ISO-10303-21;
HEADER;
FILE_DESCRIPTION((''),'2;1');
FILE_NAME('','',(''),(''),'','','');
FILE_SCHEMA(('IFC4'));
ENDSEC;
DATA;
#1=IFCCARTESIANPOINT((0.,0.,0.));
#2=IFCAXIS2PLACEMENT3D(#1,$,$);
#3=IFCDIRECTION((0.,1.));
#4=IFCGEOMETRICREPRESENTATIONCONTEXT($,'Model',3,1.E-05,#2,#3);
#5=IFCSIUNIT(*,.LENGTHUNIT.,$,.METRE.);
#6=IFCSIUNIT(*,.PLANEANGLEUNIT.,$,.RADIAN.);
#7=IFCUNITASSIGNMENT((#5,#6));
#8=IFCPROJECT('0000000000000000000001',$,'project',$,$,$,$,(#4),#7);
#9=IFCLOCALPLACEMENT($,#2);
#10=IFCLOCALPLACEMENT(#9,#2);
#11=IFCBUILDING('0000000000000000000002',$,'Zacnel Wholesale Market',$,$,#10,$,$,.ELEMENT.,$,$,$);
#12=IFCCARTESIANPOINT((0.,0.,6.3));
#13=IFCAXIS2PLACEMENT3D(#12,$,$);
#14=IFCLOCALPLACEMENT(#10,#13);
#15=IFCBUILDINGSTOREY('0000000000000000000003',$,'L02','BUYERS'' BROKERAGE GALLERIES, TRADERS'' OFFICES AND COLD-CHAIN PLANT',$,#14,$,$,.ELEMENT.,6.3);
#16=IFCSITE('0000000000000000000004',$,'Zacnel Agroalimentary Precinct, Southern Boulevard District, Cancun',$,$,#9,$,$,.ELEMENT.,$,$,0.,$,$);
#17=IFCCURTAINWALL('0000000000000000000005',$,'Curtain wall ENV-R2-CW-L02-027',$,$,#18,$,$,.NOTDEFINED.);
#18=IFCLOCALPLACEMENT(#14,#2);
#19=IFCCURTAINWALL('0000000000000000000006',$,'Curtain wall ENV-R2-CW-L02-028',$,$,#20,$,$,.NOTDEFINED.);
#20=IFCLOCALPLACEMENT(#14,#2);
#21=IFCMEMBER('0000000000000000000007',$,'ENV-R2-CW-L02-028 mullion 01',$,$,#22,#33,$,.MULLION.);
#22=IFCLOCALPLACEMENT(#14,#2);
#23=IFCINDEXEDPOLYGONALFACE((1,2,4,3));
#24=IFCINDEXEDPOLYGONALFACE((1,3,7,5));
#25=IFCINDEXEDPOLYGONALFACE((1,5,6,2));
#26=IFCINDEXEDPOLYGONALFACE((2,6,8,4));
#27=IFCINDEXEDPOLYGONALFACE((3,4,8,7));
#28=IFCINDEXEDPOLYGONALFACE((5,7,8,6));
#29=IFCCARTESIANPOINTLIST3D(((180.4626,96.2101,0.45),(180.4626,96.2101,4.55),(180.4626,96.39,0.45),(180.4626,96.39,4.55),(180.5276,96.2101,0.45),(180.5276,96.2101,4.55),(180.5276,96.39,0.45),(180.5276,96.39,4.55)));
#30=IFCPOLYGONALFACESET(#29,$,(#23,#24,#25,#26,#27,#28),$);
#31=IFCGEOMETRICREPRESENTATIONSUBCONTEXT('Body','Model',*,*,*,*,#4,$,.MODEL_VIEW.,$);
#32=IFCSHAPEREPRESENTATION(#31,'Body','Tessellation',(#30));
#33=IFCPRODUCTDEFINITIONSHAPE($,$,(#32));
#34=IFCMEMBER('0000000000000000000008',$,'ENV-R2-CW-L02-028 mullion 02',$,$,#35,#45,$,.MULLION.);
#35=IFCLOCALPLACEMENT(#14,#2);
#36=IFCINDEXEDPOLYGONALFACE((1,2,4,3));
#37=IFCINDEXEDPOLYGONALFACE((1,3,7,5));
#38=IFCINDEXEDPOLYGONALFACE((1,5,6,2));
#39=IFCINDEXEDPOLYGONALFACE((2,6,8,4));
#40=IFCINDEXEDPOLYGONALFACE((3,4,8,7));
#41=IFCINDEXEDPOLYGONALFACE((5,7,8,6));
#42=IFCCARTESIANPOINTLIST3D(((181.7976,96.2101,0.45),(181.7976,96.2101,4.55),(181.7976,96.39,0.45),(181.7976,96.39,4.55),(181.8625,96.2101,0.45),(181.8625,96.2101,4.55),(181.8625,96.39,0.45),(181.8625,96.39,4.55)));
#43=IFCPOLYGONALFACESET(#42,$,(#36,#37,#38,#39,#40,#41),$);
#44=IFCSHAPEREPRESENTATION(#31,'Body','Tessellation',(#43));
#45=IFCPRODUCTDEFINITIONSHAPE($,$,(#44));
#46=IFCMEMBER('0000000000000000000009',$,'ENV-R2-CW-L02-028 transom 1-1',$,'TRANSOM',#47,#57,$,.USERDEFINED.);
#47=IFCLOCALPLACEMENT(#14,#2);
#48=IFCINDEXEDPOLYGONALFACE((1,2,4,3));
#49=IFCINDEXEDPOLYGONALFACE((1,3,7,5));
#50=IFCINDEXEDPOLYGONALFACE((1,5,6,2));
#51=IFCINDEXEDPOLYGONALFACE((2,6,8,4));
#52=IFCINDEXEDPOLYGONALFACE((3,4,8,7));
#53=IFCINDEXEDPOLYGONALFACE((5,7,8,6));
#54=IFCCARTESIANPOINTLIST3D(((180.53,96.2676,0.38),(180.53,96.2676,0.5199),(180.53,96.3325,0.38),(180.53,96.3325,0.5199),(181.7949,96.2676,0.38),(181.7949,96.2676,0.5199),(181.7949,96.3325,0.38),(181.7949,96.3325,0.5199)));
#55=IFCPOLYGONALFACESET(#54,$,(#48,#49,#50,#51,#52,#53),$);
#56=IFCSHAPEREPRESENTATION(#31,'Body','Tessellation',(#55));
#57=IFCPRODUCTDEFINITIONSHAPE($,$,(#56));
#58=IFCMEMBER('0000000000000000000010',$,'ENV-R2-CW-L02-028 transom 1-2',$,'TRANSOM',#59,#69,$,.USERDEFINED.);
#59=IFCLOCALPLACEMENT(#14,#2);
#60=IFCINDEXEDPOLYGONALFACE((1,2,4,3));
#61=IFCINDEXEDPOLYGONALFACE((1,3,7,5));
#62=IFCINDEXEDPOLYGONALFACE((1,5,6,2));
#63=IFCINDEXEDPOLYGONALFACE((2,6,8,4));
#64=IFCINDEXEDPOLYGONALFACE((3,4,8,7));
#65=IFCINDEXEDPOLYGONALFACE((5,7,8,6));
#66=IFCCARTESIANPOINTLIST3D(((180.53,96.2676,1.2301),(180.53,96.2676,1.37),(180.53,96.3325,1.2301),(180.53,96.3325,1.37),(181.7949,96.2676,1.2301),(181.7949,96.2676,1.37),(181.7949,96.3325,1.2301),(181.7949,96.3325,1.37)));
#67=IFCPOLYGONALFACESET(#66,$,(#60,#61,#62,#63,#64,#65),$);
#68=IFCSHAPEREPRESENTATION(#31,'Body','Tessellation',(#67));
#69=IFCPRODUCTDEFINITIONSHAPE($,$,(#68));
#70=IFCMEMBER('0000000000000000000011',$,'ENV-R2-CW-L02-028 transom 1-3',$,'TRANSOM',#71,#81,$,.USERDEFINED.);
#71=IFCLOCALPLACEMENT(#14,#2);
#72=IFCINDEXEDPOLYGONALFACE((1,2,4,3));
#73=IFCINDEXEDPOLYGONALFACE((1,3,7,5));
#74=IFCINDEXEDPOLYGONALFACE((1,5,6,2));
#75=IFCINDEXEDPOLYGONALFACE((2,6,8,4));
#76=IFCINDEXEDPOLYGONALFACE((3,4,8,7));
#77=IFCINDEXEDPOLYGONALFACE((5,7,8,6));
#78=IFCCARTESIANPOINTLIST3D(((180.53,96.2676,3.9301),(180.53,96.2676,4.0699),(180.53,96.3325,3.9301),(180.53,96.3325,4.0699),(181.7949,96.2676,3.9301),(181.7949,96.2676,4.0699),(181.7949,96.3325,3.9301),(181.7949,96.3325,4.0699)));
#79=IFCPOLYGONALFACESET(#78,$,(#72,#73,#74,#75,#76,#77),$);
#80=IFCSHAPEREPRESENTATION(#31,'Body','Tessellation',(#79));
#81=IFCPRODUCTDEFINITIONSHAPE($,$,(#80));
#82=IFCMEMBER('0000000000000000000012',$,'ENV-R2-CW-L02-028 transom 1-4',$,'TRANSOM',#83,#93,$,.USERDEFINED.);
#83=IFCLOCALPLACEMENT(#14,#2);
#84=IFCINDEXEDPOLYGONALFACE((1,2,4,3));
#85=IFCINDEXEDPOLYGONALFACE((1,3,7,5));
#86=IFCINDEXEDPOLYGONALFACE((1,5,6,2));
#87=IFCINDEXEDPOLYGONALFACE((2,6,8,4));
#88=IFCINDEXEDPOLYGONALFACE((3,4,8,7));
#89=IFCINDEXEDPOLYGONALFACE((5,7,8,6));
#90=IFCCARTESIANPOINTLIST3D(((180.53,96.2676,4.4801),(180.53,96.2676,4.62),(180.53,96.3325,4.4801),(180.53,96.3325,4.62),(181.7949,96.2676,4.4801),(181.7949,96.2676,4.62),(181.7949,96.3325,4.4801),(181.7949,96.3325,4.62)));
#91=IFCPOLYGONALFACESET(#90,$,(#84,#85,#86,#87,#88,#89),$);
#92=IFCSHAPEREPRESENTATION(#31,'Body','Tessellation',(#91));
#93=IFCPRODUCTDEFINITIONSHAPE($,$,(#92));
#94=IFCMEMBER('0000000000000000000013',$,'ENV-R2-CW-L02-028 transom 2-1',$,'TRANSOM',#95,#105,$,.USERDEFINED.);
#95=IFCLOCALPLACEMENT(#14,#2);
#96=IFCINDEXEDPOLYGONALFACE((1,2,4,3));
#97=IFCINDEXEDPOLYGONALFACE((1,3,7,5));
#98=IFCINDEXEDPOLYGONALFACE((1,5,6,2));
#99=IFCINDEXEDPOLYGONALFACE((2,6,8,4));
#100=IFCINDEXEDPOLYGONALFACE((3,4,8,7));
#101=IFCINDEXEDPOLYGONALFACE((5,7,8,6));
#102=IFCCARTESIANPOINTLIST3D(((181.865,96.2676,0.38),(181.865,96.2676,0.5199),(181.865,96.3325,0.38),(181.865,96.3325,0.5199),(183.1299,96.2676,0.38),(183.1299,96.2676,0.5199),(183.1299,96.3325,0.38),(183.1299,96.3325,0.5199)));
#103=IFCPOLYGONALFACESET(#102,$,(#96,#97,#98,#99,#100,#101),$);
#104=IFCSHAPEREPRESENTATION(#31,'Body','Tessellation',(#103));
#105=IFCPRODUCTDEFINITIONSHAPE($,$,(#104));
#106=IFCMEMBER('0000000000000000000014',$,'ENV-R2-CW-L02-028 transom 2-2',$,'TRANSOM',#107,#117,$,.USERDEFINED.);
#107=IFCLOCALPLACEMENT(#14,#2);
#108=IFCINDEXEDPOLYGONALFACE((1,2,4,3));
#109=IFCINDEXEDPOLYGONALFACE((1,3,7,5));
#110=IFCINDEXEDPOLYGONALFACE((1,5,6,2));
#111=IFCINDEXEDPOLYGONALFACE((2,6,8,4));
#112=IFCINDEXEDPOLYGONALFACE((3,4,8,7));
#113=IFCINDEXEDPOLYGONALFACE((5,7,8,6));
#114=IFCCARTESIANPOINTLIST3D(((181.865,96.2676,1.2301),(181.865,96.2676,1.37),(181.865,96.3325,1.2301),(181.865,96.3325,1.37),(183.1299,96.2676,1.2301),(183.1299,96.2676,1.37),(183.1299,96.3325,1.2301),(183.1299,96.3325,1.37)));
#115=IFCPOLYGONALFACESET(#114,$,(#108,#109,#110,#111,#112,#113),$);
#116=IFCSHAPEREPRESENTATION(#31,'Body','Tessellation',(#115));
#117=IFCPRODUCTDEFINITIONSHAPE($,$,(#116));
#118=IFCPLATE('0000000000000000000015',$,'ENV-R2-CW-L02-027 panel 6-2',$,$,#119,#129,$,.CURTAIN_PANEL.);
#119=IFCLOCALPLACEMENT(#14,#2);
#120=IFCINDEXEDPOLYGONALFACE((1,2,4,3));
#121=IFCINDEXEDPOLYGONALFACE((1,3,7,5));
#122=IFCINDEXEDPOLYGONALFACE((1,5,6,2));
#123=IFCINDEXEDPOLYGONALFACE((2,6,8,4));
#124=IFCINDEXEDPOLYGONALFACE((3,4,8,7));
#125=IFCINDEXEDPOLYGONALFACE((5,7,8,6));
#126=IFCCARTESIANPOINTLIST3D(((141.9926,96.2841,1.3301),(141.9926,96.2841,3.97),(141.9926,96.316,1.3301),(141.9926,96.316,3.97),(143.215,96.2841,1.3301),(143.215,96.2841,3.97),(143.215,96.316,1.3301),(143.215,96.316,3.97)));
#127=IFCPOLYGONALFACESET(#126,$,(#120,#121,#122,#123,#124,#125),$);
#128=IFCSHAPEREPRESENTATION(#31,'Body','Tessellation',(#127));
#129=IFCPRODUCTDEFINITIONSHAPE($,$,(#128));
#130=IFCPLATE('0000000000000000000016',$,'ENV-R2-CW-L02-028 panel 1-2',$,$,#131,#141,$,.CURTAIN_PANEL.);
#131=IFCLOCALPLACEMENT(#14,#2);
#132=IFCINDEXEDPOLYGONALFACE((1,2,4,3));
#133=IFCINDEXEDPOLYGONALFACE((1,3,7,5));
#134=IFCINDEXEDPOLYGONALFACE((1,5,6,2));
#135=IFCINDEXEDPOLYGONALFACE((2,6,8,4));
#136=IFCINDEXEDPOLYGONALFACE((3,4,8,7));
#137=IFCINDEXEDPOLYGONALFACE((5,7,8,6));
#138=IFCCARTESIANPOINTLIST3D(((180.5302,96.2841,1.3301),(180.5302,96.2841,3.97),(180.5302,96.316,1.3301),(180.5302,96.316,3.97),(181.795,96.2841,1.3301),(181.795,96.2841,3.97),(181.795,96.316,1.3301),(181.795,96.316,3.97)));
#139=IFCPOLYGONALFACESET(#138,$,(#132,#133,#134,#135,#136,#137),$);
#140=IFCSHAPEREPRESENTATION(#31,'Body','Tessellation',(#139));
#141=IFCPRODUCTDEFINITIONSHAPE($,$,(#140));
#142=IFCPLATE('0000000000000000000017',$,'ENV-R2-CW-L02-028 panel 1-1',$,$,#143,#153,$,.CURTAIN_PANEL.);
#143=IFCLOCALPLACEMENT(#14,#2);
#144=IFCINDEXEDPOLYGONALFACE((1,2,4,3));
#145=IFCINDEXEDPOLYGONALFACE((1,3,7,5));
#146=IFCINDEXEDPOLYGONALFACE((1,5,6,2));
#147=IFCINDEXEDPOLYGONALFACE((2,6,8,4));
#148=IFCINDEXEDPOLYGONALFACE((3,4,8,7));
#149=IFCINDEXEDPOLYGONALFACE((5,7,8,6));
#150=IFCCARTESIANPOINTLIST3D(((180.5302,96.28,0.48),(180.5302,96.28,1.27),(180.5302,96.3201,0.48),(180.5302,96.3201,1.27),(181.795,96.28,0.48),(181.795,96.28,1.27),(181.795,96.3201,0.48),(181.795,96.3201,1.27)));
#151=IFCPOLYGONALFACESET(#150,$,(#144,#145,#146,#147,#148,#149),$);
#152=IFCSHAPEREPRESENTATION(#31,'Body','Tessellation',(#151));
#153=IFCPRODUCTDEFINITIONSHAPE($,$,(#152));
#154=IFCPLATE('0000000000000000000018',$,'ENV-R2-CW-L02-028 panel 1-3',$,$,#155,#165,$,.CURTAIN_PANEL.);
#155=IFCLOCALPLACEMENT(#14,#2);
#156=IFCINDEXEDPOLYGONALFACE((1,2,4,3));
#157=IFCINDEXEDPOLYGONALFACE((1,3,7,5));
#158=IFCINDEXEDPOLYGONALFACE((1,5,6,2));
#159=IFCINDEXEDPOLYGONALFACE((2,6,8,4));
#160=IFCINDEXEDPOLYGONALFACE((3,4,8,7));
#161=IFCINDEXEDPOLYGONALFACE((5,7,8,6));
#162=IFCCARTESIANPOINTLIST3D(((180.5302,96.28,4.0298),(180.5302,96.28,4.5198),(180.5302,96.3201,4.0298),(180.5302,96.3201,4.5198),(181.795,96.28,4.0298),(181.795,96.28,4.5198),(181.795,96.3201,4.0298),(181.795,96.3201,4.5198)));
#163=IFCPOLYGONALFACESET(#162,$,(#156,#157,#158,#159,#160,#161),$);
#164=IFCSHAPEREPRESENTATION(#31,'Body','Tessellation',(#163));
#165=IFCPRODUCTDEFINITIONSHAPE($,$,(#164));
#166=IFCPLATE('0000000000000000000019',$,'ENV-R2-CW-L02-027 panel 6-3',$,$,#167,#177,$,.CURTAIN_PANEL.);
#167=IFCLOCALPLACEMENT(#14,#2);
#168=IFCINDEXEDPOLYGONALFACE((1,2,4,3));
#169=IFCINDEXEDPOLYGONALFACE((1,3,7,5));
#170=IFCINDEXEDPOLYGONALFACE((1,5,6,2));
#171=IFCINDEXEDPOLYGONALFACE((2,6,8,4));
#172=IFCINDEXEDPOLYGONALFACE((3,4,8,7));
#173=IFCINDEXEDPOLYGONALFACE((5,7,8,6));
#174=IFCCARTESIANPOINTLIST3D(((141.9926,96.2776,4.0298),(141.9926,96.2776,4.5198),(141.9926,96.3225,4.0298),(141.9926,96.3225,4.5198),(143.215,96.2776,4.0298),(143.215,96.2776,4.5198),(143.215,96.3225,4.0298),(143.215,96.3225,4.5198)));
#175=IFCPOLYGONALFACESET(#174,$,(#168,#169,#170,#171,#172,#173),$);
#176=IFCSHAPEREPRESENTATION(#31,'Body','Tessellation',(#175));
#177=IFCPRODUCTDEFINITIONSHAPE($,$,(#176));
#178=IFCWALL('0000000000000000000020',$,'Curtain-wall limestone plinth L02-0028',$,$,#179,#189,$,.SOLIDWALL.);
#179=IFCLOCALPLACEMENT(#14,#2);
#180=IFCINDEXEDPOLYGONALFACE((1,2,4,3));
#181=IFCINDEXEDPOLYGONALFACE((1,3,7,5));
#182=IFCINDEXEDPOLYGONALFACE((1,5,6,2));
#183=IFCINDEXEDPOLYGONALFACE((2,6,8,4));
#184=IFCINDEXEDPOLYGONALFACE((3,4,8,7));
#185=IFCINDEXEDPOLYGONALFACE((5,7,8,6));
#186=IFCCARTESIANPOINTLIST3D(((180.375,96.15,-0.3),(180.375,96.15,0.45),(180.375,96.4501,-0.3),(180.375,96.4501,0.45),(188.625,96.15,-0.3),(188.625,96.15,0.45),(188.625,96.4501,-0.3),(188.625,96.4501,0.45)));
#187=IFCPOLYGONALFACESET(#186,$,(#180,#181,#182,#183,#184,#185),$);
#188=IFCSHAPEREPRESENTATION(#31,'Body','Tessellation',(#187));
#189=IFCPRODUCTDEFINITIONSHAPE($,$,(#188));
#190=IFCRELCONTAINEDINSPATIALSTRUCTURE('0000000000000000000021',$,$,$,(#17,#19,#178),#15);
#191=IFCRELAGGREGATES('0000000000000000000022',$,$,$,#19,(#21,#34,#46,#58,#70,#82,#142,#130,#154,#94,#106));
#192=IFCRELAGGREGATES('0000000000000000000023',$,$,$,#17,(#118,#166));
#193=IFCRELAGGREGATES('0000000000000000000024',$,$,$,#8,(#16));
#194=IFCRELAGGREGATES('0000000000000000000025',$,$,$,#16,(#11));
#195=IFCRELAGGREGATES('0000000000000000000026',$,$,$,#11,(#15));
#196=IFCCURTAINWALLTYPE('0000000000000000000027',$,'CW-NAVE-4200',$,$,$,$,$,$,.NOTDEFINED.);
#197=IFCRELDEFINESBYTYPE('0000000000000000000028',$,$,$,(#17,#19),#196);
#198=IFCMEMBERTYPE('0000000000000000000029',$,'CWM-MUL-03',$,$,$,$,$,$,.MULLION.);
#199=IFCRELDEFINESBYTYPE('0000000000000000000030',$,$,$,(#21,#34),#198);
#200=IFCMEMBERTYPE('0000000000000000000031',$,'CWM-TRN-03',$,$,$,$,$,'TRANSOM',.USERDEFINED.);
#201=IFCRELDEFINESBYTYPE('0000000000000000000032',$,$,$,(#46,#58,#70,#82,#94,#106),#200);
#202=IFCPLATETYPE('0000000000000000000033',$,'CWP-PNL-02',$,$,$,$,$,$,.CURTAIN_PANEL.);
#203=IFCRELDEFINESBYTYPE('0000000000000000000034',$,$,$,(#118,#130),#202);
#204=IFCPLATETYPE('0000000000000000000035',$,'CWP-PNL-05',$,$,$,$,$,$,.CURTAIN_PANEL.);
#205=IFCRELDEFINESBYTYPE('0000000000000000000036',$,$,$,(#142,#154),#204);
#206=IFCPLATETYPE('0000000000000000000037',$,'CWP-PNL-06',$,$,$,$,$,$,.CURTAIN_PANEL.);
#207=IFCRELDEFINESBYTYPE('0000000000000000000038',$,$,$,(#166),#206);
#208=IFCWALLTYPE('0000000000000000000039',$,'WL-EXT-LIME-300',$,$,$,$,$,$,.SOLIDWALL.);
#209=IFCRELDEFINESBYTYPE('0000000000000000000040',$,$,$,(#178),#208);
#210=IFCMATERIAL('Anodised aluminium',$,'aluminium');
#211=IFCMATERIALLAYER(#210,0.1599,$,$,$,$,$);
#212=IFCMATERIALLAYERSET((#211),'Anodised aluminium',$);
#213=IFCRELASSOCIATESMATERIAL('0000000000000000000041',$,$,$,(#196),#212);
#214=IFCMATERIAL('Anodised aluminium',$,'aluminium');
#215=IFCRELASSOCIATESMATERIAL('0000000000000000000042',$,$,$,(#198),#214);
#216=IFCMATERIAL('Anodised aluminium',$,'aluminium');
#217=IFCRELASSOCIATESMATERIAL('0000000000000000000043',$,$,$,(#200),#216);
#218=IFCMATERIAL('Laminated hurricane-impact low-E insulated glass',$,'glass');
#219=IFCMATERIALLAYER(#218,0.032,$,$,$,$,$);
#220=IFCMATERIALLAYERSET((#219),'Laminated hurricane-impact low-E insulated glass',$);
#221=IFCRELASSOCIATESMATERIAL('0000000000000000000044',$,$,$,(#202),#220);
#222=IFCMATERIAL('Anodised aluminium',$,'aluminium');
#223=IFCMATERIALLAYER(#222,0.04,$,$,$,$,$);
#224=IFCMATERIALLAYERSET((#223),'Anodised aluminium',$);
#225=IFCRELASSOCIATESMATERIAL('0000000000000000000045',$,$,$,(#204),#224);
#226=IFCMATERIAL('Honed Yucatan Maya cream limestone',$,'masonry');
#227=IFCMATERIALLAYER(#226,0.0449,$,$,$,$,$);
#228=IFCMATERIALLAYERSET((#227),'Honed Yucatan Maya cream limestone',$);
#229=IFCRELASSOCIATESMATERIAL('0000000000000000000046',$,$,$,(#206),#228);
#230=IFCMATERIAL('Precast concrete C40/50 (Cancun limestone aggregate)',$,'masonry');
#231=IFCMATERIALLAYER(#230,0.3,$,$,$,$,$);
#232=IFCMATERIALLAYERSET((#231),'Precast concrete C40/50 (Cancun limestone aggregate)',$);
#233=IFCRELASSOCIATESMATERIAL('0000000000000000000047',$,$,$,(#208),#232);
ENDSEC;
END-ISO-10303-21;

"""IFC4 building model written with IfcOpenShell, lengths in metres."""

from ifc_helpers import new_model, si_unit, direction, frame, frame_2d, origin, origin_2d, place, context, subcontext, project, spatial, rectangle, extrude, material, layer, layer_set, material_profile, profile_set, type_object, element, aggregate, save


model = new_model("IFC4")

# Units and contexts
model_context = context("Model", 3, precision=1e-05, world=origin(), true_north=direction((0.0, 1.0)))
body_context = subcontext(model_context, "Body", "Model", "MODEL_VIEW")
ifc_project = project(units=[si_unit("LENGTHUNIT", "METRE"), si_unit("PLANEANGLEUNIT", "RADIAN")], contexts=[model_context])

# Site, building, storey
site_placement = place(None, origin())
site = spatial("IfcSite", under=ifc_project, at=site_placement, Name="Zacnel Agroalimentary Precinct, Southern Boulevard District, Cancun", CompositionType="ELEMENT", RefElevation=0.0)
building_placement = place(site_placement, origin())
building = spatial("IfcBuilding", under=site, at=building_placement, Name="Zacnel Wholesale Market", CompositionType="ELEMENT")
storey_placement = place(building_placement, frame((0.0, 0.0, 6.3)))
storey = spatial("IfcBuildingStorey", under=building, at=storey_placement, Name="L02", Description="BUYERS' BROKERAGE GALLERIES, TRADERS' OFFICES AND COLD-CHAIN PLANT", CompositionType="ELEMENT", Elevation=6.3)

# Curtain wall
ifc_material_1 = material(Name="Anodised aluminium", Category="aluminium")
ifc_layer_1 = layer(ifc_material_1, 0.1599)
ifc_layer_set_1 = layer_set([ifc_layer_1], Name="Anodised aluminium")
curtain_wall_type = type_object("IfcCurtainWallType", Name="CW-NAVE-4200", PredefinedType="NOTDEFINED", material=ifc_layer_set_1)
curtain_wall_1_placement = place(storey_placement, origin())
curtain_wall_1 = element("IfcCurtainWall", 1, at=curtain_wall_1_placement, inside=storey, type_object=curtain_wall_type, Name="Curtain wall ENV-R2-CW-L02-027", PredefinedType="NOTDEFINED")
ifc_material_2 = material(Name="Anodised aluminium", Category="aluminium")
ifc_material_profile_1 = material_profile(ifc_material_2, rectangle(XDim=0.0649, YDim=0.1799, at=origin_2d()), Name="AW-MULLION 65x180")
ifc_profile_set_1 = profile_set([ifc_material_profile_1], Name="Anodised aluminium")
member_type_1 = type_object("IfcMemberType", Name="CWM-MUL-03", PredefinedType="MULLION", material=ifc_profile_set_1)

# Curtain wall, members
curtain_wall_2_placement = place(storey_placement, origin())
curtain_wall_2 = element("IfcCurtainWall", 2, at=curtain_wall_2_placement, inside=storey, type_object=curtain_wall_type, Name="Curtain wall ENV-R2-CW-L02-028", PredefinedType="NOTDEFINED")
member_1_placement = place(storey_placement, frame((180.4951, 96.3, 0.45), z_axis=(0.0, 0.0, 1.0), x_axis=(1.0, 0.0, 0.0)))
member_1 = element("IfcMember", 3, at=member_1_placement, type_object=member_type_1, Name="ENV-R2-CW-L02-028 mullion 01", PredefinedType="MULLION", context=body_context, shape_type="SweptSolid", body=[
    extrude(rectangle(XDim=0.0649, YDim=0.1799, at=origin_2d()), origin(), (0.0, 0.0, 1.0), 4.1001),
])
member_2_placement = place(storey_placement, frame((181.8301, 96.3, 0.45), z_axis=(0.0, 0.0, 1.0), x_axis=(1.0, 0.0, 0.0)))
member_2 = element("IfcMember", 4, at=member_2_placement, type_object=member_type_1, Name="ENV-R2-CW-L02-028 mullion 02", PredefinedType="MULLION", context=body_context, shape_type="SweptSolid", body=[
    extrude(rectangle(XDim=0.0649, YDim=0.1799, at=origin_2d()), origin(), (0.0, 0.0, 1.0), 4.1001),
])
ifc_material_3 = material(Name="Anodised aluminium", Category="aluminium")
ifc_material_profile_2 = material_profile(ifc_material_3, rectangle(XDim=0.0649, YDim=0.1399, at=origin_2d()), Name="AW-TRANSOM 65x140")
ifc_profile_set_2 = profile_set([ifc_material_profile_2], Name="Anodised aluminium")
member_type_2 = type_object("IfcMemberType", Name="CWM-TRN-03", ElementType="TRANSOM", PredefinedType="USERDEFINED", material=ifc_profile_set_2)
member_3_placement = place(storey_placement, frame((180.53, 96.3, 0.45), z_axis=(1.0, 0.0, 0.0), x_axis=(0.0, 1.0, 0.0)))
member_3 = element("IfcMember", 5, at=member_3_placement, type_object=member_type_2, Name="ENV-R2-CW-L02-028 transom 1-1", ObjectType="TRANSOM", PredefinedType="USERDEFINED", context=body_context, shape_type="SweptSolid", body=[
    extrude(rectangle(XDim=0.0649, YDim=0.1399, at=origin_2d()), origin(), (0.0, 0.0, 1.0), 1.2649),
])
member_4_placement = place(storey_placement, frame((180.53, 96.3, 1.3), z_axis=(1.0, 0.0, 0.0), x_axis=(0.0, 1.0, 0.0)))
member_4 = element("IfcMember", 6, at=member_4_placement, type_object=member_type_2, Name="ENV-R2-CW-L02-028 transom 1-2", ObjectType="TRANSOM", PredefinedType="USERDEFINED", context=body_context, shape_type="SweptSolid", body=[
    extrude(rectangle(XDim=0.0649, YDim=0.1399, at=origin_2d()), origin(), (0.0, 0.0, 1.0), 1.2649),
])
member_5_placement = place(storey_placement, frame((180.53, 96.3, 4.0), z_axis=(1.0, 0.0, 0.0), x_axis=(0.0, 1.0, 0.0)))
member_5 = element("IfcMember", 7, at=member_5_placement, type_object=member_type_2, Name="ENV-R2-CW-L02-028 transom 1-3", ObjectType="TRANSOM", PredefinedType="USERDEFINED", context=body_context, shape_type="SweptSolid", body=[
    extrude(rectangle(XDim=0.0649, YDim=0.1399, at=origin_2d()), origin(), (0.0, 0.0, 1.0), 1.2649),
])
member_6_placement = place(storey_placement, frame((180.53, 96.3, 4.55), z_axis=(1.0, 0.0, 0.0), x_axis=(0.0, 1.0, 0.0)))
member_6 = element("IfcMember", 8, at=member_6_placement, type_object=member_type_2, Name="ENV-R2-CW-L02-028 transom 1-4", ObjectType="TRANSOM", PredefinedType="USERDEFINED", context=body_context, shape_type="SweptSolid", body=[
    extrude(rectangle(XDim=0.0649, YDim=0.1399, at=origin_2d()), origin(), (0.0, 0.0, 1.0), 1.2649),
])
member_7_placement = place(storey_placement, frame((181.865, 96.3, 0.45), z_axis=(1.0, 0.0, 0.0), x_axis=(0.0, 1.0, 0.0)))
member_7 = element("IfcMember", 9, at=member_7_placement, type_object=member_type_2, Name="ENV-R2-CW-L02-028 transom 2-1", ObjectType="TRANSOM", PredefinedType="USERDEFINED", context=body_context, shape_type="SweptSolid", body=[
    extrude(rectangle(XDim=0.0649, YDim=0.1399, at=origin_2d()), origin(), (0.0, 0.0, 1.0), 1.2649),
])
member_8_placement = place(storey_placement, frame((181.865, 96.3, 1.3), z_axis=(1.0, 0.0, 0.0), x_axis=(0.0, 1.0, 0.0)))
member_8 = element("IfcMember", 10, at=member_8_placement, type_object=member_type_2, Name="ENV-R2-CW-L02-028 transom 2-2", ObjectType="TRANSOM", PredefinedType="USERDEFINED", context=body_context, shape_type="SweptSolid", body=[
    extrude(rectangle(XDim=0.0649, YDim=0.1399, at=origin_2d()), origin(), (0.0, 0.0, 1.0), 1.2649),
])

# Plates
ifc_material_4 = material(Name="Laminated hurricane-impact low-E insulated glass", Category="glass")
ifc_layer_2 = layer(ifc_material_4, 0.032)
ifc_layer_set_2 = layer_set([ifc_layer_2], Name="Laminated hurricane-impact low-E insulated glass")
plate_type_1 = type_object("IfcPlateType", Name="CWP-PNL-02", PredefinedType="CURTAIN_PANEL", material=ifc_layer_set_2)
plate_1_placement = place(storey_placement, frame((142.6038, 96.3, 1.3301), z_axis=(0.0, 0.0, 1.0), x_axis=(1.0, 0.0, 0.0)))
plate_1 = element("IfcPlate", 11, at=plate_1_placement, type_object=plate_type_1, Name="ENV-R2-CW-L02-027 panel 6-2", PredefinedType="CURTAIN_PANEL", context=body_context, shape_type="SweptSolid", body=[
    extrude(rectangle(XDim=1.2224, YDim=0.032, at=origin_2d()), origin(), (0.0, 0.0, 1.0), 2.6399),
])
plate_2_placement = place(storey_placement, frame((181.1626, 96.3, 1.3301), z_axis=(0.0, 0.0, 1.0), x_axis=(1.0, 0.0, 0.0)))
plate_2 = element("IfcPlate", 12, at=plate_2_placement, type_object=plate_type_1, Name="ENV-R2-CW-L02-028 panel 1-2", PredefinedType="CURTAIN_PANEL", context=body_context, shape_type="SweptSolid", body=[
    extrude(rectangle(XDim=1.2649, YDim=0.032, at=origin_2d()), origin(), (0.0, 0.0, 1.0), 2.6399),
])
ifc_material_5 = material(Name="Anodised aluminium", Category="aluminium")
ifc_layer_3 = layer(ifc_material_5, 0.04)
ifc_layer_set_3 = layer_set([ifc_layer_3], Name="Anodised aluminium")
plate_type_2 = type_object("IfcPlateType", Name="CWP-PNL-05", PredefinedType="CURTAIN_PANEL", material=ifc_layer_set_3)
plate_3_placement = place(storey_placement, frame((181.1626, 96.3, 0.48), z_axis=(0.0, 0.0, 1.0), x_axis=(1.0, 0.0, 0.0)))
plate_3 = element("IfcPlate", 13, at=plate_3_placement, type_object=plate_type_2, Name="ENV-R2-CW-L02-028 panel 1-1", PredefinedType="CURTAIN_PANEL", context=body_context, shape_type="SweptSolid", body=[
    extrude(rectangle(XDim=1.2649, YDim=0.04, at=origin_2d()), origin(), (0.0, 0.0, 1.0), 0.79),
])
plate_4_placement = place(storey_placement, frame((181.1626, 96.3, 4.0298), z_axis=(0.0, 0.0, 1.0), x_axis=(1.0, 0.0, 0.0)))
plate_4 = element("IfcPlate", 14, at=plate_4_placement, type_object=plate_type_2, Name="ENV-R2-CW-L02-028 panel 1-3", PredefinedType="CURTAIN_PANEL", context=body_context, shape_type="SweptSolid", body=[
    extrude(rectangle(XDim=1.2649, YDim=0.04, at=origin_2d()), origin(), (0.0, 0.0, 1.0), 0.49),
])
aggregate(curtain_wall_2, [member_1, member_2, member_3, member_4, member_5, member_6, plate_3, plate_2, plate_4, member_7, member_8])
ifc_material_6 = material(Name="Honed Yucatan Maya cream limestone", Category="masonry")
ifc_layer_4 = layer(ifc_material_6, 0.0449)
ifc_layer_set_4 = layer_set([ifc_layer_4], Name="Honed Yucatan Maya cream limestone")
plate_type_3 = type_object("IfcPlateType", Name="CWP-PNL-06", PredefinedType="CURTAIN_PANEL", material=ifc_layer_set_4)
plate_5_placement = place(storey_placement, frame((142.6038, 96.3, 4.0298), z_axis=(0.0, 0.0, 1.0), x_axis=(1.0, 0.0, 0.0)))
plate_5 = element("IfcPlate", 15, at=plate_5_placement, type_object=plate_type_3, Name="ENV-R2-CW-L02-027 panel 6-3", PredefinedType="CURTAIN_PANEL", context=body_context, shape_type="SweptSolid", body=[
    extrude(rectangle(XDim=1.2224, YDim=0.0449, at=origin_2d()), origin(), (0.0, 0.0, 1.0), 0.49),
])
aggregate(curtain_wall_1, [plate_1, plate_5])

# Wall
ifc_material_7 = material(Name="Precast concrete C40/50 (Cancun limestone aggregate)", Category="masonry")
ifc_layer_5 = layer(ifc_material_7, 0.3)
ifc_layer_set_5 = layer_set([ifc_layer_5], Name="Precast concrete C40/50 (Cancun limestone aggregate)")
wall_type = type_object("IfcWallType", Name="WL-EXT-LIME-300", PredefinedType="SOLIDWALL", material=ifc_layer_set_5)
wall_placement = place(storey_placement, frame((180.375, 96.3, -0.3), z_axis=(0.0, 0.0, 1.0), x_axis=(1.0, 0.0, 0.0)))
element("IfcWall", 16, at=wall_placement, inside=storey, type_object=wall_type, Name="Curtain-wall limestone plinth L02-0028", PredefinedType="SOLIDWALL", context=body_context, shape_type="SweptSolid", body=[
    extrude(rectangle(XDim=8.25, YDim=0.3, at=frame_2d((4.125, 0.0))), origin(), (0.0, 0.0, 1.0), 0.75),
])

save(model, "model.ifc")
